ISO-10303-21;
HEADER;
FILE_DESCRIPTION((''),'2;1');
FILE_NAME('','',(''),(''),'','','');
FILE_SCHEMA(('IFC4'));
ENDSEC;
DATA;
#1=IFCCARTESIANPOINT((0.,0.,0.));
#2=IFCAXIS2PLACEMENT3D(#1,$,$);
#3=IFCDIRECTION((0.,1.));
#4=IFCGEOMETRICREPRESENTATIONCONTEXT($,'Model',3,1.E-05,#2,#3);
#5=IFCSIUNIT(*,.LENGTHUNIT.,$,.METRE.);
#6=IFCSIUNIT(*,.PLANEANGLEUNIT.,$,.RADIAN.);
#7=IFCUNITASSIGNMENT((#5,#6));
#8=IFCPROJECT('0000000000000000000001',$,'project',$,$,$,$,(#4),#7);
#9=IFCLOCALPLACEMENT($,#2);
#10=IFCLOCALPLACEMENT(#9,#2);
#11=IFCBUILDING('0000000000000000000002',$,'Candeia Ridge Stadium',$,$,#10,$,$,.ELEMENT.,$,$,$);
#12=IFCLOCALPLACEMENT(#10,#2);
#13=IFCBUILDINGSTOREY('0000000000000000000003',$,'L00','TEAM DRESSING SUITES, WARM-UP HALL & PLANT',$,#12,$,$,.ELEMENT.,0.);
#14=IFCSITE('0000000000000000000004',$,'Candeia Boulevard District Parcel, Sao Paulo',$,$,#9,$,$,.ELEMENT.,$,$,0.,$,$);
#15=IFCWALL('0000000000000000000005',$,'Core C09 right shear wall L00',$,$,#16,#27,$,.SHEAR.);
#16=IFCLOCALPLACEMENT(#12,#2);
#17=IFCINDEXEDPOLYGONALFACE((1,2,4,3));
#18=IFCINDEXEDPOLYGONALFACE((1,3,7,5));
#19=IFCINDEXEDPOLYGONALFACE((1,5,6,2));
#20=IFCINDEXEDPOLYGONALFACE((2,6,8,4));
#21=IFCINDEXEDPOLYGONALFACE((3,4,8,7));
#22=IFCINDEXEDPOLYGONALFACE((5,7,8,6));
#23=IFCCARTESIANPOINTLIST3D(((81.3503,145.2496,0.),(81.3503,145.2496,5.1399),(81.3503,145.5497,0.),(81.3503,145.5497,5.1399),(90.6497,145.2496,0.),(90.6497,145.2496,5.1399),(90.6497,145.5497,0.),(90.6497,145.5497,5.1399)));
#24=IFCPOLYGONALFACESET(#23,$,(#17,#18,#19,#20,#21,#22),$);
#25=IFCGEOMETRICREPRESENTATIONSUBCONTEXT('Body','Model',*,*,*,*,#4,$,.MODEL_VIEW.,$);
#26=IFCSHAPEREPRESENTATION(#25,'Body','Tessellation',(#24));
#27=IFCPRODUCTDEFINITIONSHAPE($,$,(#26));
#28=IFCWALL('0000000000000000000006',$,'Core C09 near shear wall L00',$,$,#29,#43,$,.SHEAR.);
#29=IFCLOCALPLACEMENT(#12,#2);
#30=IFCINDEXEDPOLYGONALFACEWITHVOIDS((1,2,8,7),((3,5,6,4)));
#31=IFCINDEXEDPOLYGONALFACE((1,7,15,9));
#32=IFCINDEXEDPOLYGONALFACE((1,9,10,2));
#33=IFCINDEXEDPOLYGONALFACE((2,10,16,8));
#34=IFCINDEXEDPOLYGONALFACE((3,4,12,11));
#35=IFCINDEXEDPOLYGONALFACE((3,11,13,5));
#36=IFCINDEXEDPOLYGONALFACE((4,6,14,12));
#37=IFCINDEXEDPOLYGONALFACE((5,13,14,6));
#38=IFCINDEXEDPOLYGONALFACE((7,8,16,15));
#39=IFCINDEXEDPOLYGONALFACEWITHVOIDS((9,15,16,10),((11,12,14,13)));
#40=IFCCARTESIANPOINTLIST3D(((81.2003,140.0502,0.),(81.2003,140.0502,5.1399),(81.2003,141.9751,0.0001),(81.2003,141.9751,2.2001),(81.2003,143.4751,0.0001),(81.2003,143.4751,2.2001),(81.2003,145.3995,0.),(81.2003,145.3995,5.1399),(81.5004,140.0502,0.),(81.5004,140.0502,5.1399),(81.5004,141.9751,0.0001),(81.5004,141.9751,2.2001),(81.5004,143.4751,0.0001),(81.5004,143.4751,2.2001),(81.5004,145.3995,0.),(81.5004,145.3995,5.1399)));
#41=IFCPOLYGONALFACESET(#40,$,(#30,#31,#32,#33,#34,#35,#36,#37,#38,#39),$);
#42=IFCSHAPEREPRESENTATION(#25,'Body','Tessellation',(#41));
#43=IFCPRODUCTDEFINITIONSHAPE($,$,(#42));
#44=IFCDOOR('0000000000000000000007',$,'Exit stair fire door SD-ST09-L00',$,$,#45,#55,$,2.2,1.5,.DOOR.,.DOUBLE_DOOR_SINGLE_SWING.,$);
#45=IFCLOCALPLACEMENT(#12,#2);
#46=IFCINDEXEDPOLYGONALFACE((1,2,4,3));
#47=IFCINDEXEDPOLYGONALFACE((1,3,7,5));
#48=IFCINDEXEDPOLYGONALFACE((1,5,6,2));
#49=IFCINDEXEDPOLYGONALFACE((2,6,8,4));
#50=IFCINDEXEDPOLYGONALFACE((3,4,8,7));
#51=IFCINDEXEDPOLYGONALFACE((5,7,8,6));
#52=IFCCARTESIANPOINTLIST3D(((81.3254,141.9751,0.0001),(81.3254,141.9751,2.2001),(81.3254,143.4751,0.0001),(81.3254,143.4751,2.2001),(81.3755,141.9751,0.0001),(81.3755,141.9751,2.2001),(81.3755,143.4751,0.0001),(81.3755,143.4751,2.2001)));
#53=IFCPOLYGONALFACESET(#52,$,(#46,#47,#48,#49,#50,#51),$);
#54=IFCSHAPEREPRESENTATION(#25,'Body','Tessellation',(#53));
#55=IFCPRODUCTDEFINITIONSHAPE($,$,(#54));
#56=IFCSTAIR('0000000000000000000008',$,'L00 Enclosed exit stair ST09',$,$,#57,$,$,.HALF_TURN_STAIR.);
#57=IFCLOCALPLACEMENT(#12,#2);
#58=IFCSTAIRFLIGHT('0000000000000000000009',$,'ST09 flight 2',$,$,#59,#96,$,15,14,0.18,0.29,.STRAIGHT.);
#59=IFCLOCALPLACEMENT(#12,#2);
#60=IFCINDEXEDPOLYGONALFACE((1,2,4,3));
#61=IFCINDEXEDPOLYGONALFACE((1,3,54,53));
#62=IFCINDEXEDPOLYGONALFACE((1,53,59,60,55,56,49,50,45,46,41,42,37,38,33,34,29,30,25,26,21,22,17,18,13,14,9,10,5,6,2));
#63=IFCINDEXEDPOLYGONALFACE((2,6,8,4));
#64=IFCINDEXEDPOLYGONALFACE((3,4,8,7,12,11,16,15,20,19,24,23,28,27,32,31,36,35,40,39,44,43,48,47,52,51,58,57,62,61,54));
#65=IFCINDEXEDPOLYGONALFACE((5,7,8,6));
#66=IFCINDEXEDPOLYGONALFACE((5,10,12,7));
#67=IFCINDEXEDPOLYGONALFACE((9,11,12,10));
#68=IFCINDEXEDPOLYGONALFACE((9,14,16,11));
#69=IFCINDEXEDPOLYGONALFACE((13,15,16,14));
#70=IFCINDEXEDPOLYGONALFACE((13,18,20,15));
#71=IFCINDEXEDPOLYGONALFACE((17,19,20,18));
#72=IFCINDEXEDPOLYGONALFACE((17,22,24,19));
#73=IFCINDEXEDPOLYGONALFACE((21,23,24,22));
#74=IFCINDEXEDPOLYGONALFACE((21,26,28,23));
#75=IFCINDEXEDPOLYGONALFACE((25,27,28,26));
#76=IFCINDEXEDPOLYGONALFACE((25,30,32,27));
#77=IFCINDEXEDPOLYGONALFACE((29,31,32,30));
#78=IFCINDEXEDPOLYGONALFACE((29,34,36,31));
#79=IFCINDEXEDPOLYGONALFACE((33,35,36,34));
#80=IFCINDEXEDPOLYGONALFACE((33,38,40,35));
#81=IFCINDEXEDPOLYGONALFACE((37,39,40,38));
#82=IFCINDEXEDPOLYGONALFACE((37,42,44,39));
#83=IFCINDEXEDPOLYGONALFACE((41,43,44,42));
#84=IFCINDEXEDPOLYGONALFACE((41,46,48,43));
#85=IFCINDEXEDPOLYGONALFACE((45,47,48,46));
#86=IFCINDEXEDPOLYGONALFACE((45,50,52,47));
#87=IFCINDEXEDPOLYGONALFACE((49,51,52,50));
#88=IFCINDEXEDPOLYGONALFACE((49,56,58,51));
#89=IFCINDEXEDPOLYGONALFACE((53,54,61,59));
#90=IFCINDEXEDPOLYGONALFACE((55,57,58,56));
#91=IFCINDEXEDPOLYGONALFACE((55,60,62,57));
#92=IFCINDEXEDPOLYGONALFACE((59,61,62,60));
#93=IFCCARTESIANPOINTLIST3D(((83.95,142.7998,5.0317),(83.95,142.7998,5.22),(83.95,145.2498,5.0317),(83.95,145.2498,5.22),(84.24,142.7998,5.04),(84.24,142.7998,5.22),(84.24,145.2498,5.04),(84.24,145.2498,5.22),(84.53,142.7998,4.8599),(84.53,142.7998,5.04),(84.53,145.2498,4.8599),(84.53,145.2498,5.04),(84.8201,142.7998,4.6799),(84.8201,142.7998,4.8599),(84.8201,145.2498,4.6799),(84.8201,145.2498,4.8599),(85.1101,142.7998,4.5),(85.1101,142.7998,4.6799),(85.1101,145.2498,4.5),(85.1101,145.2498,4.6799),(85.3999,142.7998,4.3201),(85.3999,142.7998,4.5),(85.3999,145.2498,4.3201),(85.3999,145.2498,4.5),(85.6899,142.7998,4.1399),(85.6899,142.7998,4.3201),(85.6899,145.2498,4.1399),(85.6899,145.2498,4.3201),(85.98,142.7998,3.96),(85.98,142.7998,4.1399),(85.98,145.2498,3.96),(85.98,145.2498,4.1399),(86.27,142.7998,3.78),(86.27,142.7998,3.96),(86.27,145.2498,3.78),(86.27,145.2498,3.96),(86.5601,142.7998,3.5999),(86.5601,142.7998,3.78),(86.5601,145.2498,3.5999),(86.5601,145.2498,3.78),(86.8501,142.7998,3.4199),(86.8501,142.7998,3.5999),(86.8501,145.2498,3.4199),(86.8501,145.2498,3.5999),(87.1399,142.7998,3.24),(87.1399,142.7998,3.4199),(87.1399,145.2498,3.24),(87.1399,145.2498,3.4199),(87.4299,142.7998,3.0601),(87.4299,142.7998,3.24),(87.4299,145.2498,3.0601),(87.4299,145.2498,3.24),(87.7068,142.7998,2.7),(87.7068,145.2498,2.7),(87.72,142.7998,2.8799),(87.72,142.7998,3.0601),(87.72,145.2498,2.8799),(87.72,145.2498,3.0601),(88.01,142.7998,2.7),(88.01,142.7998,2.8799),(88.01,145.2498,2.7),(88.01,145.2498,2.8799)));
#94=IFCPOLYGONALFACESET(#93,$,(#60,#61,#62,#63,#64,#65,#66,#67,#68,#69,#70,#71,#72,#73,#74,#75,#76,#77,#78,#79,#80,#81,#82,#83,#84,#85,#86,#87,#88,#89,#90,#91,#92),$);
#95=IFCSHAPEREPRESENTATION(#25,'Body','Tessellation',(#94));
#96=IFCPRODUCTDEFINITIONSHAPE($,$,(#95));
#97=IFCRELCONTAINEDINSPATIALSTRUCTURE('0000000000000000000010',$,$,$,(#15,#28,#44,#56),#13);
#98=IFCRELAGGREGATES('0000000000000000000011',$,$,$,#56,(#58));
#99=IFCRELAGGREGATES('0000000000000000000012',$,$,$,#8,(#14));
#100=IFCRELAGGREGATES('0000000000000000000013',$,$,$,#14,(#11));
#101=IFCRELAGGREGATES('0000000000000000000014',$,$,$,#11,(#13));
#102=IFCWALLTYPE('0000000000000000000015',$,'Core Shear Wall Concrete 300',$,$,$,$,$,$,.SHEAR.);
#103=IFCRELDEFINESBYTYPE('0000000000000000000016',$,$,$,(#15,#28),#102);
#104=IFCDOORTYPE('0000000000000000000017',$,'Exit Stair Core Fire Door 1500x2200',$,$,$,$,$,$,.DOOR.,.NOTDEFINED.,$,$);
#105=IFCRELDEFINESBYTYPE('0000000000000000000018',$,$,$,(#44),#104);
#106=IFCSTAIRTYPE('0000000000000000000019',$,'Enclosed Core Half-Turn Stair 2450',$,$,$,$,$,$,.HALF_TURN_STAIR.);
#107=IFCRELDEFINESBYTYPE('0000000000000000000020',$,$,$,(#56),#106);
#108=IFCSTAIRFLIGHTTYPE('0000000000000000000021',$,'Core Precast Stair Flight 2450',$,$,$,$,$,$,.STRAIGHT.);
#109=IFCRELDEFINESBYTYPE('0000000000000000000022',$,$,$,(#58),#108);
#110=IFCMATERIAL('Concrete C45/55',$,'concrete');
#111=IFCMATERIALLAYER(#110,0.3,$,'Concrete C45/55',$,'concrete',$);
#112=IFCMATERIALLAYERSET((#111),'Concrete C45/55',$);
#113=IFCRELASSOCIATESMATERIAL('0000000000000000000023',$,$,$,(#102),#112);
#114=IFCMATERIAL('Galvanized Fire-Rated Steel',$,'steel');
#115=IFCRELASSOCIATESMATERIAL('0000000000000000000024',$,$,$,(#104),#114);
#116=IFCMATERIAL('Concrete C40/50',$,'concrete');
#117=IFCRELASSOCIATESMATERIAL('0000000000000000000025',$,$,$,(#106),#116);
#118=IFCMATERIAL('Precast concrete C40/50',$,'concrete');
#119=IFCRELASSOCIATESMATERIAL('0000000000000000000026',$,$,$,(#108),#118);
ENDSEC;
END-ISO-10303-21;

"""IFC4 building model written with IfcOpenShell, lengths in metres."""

from ifc_helpers import new_model, si_unit, direction, frame, frame_2d, origin, place, context, subcontext, project, spatial, polyline, rectangle, outline, extrude, material, layer, layer_set, type_object, element, fill, aggregate, save


model = new_model("IFC4")

# Units and contexts
model_context = context("Model", 3, precision=1e-05, world=origin(), true_north=direction((0.0, 1.0)))
body_context = subcontext(model_context, "Body", "Model", "MODEL_VIEW")
ifc_project = project(units=[si_unit("LENGTHUNIT", "METRE"), si_unit("PLANEANGLEUNIT", "RADIAN")], contexts=[model_context])

# Site, building, storey
site_placement = place(None, origin())
site = spatial("IfcSite", under=ifc_project, at=site_placement, Name="Candeia Boulevard District Parcel, Sao Paulo", CompositionType="ELEMENT", RefElevation=0.0)
building_placement = place(site_placement, origin())
building = spatial("IfcBuilding", under=site, at=building_placement, Name="Candeia Ridge Stadium", CompositionType="ELEMENT")
storey_placement = place(building_placement, origin())
storey = spatial("IfcBuildingStorey", under=building, at=storey_placement, Name="L00", Description="TEAM DRESSING SUITES, WARM-UP HALL & PLANT", CompositionType="ELEMENT", Elevation=0.0)

# Shared definitions
ifc_material_1 = material(Name="Concrete C40/50", Category="concrete")

# Shared definitions
ifc_material_2 = material(Name="Concrete C45/55", Category="concrete")

# Shared definitions
ifc_layer_1 = layer(ifc_material_2, 0.3, Name="Concrete C45/55", Category="concrete")
ifc_layer_set_1 = layer_set([ifc_layer_1], Name="Concrete C45/55")
wall_type = type_object("IfcWallType", Name="Core Shear Wall Concrete 300", PredefinedType="SHEAR", material=ifc_layer_set_1)

# Shared definitions
ifc_material_3 = material(Name="Galvanized Fire-Rated Steel", Category="steel")
door_type = type_object("IfcDoorType", Name="Exit Stair Core Fire Door 1500x2200", OperationType="NOTDEFINED", PredefinedType="DOOR", material=ifc_material_3)

# Wall
wall_1_placement = place(storey_placement, frame((90.6497, 145.3997, 0.0), z_axis=(0.0, 0.0, 1.0), x_axis=(-1.0, 0.0, 0.0)))
element("IfcWall", 1, at=wall_1_placement, inside=storey, type_object=wall_type, Name="Core C09 right shear wall L00", PredefinedType="SHEAR", context=body_context, shape_type="SweptSolid", body=[
    extrude(rectangle(XDim=9.2993, YDim=0.3, at=frame_2d((4.6497, 0.0))), origin(), (0.0, 0.0, 1.0), 5.1399),
])

# Wall, opening, door
wall_2_placement = place(storey_placement, frame((81.3503, 145.3997, 0.0), z_axis=(0.0, 0.0, 1.0), x_axis=(0.0, -1.0, 0.0)))
wall_2 = element("IfcWall", 2, at=wall_2_placement, inside=storey, type_object=wall_type, Name="Core C09 near shear wall L00", PredefinedType="SHEAR", context=body_context, shape_type="SweptSolid", body=[
    extrude(rectangle(XDim=5.3494, YDim=0.3, at=frame_2d((2.6748, 0.0))), origin(), (0.0, 0.0, 1.0), 5.1399),
])
opening_1_placement = place(wall_2_placement, frame((1.9246, 0.0, 0.0)))
opening_1 = element("IfcOpeningElement", 3, at=opening_1_placement, cuts=wall_2, PredefinedType="OPENING", context=body_context, shape_type="SweptSolid", body=[
    extrude(rectangle(XDim=1.5, YDim=2.2, at=frame_2d((0.75, 1.1001))), frame((0.0, 0.1599, 0.0), z_axis=(0.0, -1.0, 0.0), x_axis=(1.0, 0.0, 0.0)), (0.0, 0.0, 1.0), 0.3201),
])
door_1_placement = place(opening_1_placement, frame((1.5, 0.0, 0.0), z_axis=(0.0, 0.0, 1.0), x_axis=(-1.0, 0.0, 0.0)))
door_1 = element("IfcDoor", 4, at=door_1_placement, inside=storey, type_object=door_type, Name="Exit stair fire door SD-ST09-L00", OperationType="DOUBLE_DOOR_SINGLE_SWING", OverallHeight=2.2, OverallWidth=1.5, PredefinedType="DOOR", context=body_context, shape_type="SweptSolid", body=[
    extrude(rectangle(XDim=1.5, YDim=2.2, at=frame_2d((0.75, 1.1001))), frame((0.0, 0.0249, 0.0), z_axis=(0.0, -1.0, 0.0), x_axis=(1.0, 0.0, 0.0)), (0.0, 0.0, 1.0), 0.05),
])
fill(opening_1, door_1)

# Stair, stair flight
stair_type = type_object("IfcStairType", Name="Enclosed Core Half-Turn Stair 2450", PredefinedType="HALF_TURN_STAIR", material=ifc_material_1)
stair_placement = place(storey_placement, origin())
stair = element("IfcStair", 5, at=stair_placement, inside=storey, type_object=stair_type, Name="L00 Enclosed exit stair ST09", PredefinedType="HALF_TURN_STAIR")
ifc_material_4 = material(Name="Precast concrete C40/50", Category="concrete")
stair_flight_type = type_object("IfcStairFlightType", Name="Core Precast Stair Flight 2450", PredefinedType="STRAIGHT", material=ifc_material_4)
stair_flight_placement = place(storey_placement, frame((88.01, 144.0249, 2.7), z_axis=(0.0, 0.0, 1.0), x_axis=(-1.0, 0.0, 0.0)))
stair_flight = element("IfcStairFlight", 6, at=stair_flight_placement, type_object=stair_flight_type, Name="ST09 flight 2", NumberOfRisers=15, NumberOfTreads=14, PredefinedType="STRAIGHT", RiserHeight=0.18, TreadLength=0.29, context=body_context, shape_type="SweptSolid", body=[
    extrude(outline(polyline([(0.0, 0.0), (0.0, 0.1799), (0.29, 0.1799), (0.29, 0.3601), (0.5801, 0.3601), (0.5801, 0.54), (0.8701, 0.54), (0.8701, 0.72), (1.1599, 0.72), (1.1599, 0.8999), (1.45, 0.8999), (1.45, 1.0801), (1.74, 1.0801), (1.74, 1.26), (2.03, 1.26), (2.03, 1.4399), (2.3201, 1.4399), (2.3201, 1.6201), (2.6101, 1.6201), (2.6101, 1.8), (2.8999, 1.8), (2.8999, 1.98), (3.1899, 1.98), (3.1899, 2.1599), (3.48, 2.1599), (3.48, 2.3401), (3.77, 2.3401), (3.77, 2.52), (4.0601, 2.52), (4.0601, 2.7), (4.0601, 2.3318), (0.3032, 0.0), (0.0, 0.0)])), frame((0.0, 1.2251, 0.0), z_axis=(0.0, -1.0, 0.0), x_axis=(1.0, 0.0, 0.0)), (0.0, 0.0, 1.0), 2.45),
])
aggregate(stair, [stair_flight])

save(model, "model.ifc")
